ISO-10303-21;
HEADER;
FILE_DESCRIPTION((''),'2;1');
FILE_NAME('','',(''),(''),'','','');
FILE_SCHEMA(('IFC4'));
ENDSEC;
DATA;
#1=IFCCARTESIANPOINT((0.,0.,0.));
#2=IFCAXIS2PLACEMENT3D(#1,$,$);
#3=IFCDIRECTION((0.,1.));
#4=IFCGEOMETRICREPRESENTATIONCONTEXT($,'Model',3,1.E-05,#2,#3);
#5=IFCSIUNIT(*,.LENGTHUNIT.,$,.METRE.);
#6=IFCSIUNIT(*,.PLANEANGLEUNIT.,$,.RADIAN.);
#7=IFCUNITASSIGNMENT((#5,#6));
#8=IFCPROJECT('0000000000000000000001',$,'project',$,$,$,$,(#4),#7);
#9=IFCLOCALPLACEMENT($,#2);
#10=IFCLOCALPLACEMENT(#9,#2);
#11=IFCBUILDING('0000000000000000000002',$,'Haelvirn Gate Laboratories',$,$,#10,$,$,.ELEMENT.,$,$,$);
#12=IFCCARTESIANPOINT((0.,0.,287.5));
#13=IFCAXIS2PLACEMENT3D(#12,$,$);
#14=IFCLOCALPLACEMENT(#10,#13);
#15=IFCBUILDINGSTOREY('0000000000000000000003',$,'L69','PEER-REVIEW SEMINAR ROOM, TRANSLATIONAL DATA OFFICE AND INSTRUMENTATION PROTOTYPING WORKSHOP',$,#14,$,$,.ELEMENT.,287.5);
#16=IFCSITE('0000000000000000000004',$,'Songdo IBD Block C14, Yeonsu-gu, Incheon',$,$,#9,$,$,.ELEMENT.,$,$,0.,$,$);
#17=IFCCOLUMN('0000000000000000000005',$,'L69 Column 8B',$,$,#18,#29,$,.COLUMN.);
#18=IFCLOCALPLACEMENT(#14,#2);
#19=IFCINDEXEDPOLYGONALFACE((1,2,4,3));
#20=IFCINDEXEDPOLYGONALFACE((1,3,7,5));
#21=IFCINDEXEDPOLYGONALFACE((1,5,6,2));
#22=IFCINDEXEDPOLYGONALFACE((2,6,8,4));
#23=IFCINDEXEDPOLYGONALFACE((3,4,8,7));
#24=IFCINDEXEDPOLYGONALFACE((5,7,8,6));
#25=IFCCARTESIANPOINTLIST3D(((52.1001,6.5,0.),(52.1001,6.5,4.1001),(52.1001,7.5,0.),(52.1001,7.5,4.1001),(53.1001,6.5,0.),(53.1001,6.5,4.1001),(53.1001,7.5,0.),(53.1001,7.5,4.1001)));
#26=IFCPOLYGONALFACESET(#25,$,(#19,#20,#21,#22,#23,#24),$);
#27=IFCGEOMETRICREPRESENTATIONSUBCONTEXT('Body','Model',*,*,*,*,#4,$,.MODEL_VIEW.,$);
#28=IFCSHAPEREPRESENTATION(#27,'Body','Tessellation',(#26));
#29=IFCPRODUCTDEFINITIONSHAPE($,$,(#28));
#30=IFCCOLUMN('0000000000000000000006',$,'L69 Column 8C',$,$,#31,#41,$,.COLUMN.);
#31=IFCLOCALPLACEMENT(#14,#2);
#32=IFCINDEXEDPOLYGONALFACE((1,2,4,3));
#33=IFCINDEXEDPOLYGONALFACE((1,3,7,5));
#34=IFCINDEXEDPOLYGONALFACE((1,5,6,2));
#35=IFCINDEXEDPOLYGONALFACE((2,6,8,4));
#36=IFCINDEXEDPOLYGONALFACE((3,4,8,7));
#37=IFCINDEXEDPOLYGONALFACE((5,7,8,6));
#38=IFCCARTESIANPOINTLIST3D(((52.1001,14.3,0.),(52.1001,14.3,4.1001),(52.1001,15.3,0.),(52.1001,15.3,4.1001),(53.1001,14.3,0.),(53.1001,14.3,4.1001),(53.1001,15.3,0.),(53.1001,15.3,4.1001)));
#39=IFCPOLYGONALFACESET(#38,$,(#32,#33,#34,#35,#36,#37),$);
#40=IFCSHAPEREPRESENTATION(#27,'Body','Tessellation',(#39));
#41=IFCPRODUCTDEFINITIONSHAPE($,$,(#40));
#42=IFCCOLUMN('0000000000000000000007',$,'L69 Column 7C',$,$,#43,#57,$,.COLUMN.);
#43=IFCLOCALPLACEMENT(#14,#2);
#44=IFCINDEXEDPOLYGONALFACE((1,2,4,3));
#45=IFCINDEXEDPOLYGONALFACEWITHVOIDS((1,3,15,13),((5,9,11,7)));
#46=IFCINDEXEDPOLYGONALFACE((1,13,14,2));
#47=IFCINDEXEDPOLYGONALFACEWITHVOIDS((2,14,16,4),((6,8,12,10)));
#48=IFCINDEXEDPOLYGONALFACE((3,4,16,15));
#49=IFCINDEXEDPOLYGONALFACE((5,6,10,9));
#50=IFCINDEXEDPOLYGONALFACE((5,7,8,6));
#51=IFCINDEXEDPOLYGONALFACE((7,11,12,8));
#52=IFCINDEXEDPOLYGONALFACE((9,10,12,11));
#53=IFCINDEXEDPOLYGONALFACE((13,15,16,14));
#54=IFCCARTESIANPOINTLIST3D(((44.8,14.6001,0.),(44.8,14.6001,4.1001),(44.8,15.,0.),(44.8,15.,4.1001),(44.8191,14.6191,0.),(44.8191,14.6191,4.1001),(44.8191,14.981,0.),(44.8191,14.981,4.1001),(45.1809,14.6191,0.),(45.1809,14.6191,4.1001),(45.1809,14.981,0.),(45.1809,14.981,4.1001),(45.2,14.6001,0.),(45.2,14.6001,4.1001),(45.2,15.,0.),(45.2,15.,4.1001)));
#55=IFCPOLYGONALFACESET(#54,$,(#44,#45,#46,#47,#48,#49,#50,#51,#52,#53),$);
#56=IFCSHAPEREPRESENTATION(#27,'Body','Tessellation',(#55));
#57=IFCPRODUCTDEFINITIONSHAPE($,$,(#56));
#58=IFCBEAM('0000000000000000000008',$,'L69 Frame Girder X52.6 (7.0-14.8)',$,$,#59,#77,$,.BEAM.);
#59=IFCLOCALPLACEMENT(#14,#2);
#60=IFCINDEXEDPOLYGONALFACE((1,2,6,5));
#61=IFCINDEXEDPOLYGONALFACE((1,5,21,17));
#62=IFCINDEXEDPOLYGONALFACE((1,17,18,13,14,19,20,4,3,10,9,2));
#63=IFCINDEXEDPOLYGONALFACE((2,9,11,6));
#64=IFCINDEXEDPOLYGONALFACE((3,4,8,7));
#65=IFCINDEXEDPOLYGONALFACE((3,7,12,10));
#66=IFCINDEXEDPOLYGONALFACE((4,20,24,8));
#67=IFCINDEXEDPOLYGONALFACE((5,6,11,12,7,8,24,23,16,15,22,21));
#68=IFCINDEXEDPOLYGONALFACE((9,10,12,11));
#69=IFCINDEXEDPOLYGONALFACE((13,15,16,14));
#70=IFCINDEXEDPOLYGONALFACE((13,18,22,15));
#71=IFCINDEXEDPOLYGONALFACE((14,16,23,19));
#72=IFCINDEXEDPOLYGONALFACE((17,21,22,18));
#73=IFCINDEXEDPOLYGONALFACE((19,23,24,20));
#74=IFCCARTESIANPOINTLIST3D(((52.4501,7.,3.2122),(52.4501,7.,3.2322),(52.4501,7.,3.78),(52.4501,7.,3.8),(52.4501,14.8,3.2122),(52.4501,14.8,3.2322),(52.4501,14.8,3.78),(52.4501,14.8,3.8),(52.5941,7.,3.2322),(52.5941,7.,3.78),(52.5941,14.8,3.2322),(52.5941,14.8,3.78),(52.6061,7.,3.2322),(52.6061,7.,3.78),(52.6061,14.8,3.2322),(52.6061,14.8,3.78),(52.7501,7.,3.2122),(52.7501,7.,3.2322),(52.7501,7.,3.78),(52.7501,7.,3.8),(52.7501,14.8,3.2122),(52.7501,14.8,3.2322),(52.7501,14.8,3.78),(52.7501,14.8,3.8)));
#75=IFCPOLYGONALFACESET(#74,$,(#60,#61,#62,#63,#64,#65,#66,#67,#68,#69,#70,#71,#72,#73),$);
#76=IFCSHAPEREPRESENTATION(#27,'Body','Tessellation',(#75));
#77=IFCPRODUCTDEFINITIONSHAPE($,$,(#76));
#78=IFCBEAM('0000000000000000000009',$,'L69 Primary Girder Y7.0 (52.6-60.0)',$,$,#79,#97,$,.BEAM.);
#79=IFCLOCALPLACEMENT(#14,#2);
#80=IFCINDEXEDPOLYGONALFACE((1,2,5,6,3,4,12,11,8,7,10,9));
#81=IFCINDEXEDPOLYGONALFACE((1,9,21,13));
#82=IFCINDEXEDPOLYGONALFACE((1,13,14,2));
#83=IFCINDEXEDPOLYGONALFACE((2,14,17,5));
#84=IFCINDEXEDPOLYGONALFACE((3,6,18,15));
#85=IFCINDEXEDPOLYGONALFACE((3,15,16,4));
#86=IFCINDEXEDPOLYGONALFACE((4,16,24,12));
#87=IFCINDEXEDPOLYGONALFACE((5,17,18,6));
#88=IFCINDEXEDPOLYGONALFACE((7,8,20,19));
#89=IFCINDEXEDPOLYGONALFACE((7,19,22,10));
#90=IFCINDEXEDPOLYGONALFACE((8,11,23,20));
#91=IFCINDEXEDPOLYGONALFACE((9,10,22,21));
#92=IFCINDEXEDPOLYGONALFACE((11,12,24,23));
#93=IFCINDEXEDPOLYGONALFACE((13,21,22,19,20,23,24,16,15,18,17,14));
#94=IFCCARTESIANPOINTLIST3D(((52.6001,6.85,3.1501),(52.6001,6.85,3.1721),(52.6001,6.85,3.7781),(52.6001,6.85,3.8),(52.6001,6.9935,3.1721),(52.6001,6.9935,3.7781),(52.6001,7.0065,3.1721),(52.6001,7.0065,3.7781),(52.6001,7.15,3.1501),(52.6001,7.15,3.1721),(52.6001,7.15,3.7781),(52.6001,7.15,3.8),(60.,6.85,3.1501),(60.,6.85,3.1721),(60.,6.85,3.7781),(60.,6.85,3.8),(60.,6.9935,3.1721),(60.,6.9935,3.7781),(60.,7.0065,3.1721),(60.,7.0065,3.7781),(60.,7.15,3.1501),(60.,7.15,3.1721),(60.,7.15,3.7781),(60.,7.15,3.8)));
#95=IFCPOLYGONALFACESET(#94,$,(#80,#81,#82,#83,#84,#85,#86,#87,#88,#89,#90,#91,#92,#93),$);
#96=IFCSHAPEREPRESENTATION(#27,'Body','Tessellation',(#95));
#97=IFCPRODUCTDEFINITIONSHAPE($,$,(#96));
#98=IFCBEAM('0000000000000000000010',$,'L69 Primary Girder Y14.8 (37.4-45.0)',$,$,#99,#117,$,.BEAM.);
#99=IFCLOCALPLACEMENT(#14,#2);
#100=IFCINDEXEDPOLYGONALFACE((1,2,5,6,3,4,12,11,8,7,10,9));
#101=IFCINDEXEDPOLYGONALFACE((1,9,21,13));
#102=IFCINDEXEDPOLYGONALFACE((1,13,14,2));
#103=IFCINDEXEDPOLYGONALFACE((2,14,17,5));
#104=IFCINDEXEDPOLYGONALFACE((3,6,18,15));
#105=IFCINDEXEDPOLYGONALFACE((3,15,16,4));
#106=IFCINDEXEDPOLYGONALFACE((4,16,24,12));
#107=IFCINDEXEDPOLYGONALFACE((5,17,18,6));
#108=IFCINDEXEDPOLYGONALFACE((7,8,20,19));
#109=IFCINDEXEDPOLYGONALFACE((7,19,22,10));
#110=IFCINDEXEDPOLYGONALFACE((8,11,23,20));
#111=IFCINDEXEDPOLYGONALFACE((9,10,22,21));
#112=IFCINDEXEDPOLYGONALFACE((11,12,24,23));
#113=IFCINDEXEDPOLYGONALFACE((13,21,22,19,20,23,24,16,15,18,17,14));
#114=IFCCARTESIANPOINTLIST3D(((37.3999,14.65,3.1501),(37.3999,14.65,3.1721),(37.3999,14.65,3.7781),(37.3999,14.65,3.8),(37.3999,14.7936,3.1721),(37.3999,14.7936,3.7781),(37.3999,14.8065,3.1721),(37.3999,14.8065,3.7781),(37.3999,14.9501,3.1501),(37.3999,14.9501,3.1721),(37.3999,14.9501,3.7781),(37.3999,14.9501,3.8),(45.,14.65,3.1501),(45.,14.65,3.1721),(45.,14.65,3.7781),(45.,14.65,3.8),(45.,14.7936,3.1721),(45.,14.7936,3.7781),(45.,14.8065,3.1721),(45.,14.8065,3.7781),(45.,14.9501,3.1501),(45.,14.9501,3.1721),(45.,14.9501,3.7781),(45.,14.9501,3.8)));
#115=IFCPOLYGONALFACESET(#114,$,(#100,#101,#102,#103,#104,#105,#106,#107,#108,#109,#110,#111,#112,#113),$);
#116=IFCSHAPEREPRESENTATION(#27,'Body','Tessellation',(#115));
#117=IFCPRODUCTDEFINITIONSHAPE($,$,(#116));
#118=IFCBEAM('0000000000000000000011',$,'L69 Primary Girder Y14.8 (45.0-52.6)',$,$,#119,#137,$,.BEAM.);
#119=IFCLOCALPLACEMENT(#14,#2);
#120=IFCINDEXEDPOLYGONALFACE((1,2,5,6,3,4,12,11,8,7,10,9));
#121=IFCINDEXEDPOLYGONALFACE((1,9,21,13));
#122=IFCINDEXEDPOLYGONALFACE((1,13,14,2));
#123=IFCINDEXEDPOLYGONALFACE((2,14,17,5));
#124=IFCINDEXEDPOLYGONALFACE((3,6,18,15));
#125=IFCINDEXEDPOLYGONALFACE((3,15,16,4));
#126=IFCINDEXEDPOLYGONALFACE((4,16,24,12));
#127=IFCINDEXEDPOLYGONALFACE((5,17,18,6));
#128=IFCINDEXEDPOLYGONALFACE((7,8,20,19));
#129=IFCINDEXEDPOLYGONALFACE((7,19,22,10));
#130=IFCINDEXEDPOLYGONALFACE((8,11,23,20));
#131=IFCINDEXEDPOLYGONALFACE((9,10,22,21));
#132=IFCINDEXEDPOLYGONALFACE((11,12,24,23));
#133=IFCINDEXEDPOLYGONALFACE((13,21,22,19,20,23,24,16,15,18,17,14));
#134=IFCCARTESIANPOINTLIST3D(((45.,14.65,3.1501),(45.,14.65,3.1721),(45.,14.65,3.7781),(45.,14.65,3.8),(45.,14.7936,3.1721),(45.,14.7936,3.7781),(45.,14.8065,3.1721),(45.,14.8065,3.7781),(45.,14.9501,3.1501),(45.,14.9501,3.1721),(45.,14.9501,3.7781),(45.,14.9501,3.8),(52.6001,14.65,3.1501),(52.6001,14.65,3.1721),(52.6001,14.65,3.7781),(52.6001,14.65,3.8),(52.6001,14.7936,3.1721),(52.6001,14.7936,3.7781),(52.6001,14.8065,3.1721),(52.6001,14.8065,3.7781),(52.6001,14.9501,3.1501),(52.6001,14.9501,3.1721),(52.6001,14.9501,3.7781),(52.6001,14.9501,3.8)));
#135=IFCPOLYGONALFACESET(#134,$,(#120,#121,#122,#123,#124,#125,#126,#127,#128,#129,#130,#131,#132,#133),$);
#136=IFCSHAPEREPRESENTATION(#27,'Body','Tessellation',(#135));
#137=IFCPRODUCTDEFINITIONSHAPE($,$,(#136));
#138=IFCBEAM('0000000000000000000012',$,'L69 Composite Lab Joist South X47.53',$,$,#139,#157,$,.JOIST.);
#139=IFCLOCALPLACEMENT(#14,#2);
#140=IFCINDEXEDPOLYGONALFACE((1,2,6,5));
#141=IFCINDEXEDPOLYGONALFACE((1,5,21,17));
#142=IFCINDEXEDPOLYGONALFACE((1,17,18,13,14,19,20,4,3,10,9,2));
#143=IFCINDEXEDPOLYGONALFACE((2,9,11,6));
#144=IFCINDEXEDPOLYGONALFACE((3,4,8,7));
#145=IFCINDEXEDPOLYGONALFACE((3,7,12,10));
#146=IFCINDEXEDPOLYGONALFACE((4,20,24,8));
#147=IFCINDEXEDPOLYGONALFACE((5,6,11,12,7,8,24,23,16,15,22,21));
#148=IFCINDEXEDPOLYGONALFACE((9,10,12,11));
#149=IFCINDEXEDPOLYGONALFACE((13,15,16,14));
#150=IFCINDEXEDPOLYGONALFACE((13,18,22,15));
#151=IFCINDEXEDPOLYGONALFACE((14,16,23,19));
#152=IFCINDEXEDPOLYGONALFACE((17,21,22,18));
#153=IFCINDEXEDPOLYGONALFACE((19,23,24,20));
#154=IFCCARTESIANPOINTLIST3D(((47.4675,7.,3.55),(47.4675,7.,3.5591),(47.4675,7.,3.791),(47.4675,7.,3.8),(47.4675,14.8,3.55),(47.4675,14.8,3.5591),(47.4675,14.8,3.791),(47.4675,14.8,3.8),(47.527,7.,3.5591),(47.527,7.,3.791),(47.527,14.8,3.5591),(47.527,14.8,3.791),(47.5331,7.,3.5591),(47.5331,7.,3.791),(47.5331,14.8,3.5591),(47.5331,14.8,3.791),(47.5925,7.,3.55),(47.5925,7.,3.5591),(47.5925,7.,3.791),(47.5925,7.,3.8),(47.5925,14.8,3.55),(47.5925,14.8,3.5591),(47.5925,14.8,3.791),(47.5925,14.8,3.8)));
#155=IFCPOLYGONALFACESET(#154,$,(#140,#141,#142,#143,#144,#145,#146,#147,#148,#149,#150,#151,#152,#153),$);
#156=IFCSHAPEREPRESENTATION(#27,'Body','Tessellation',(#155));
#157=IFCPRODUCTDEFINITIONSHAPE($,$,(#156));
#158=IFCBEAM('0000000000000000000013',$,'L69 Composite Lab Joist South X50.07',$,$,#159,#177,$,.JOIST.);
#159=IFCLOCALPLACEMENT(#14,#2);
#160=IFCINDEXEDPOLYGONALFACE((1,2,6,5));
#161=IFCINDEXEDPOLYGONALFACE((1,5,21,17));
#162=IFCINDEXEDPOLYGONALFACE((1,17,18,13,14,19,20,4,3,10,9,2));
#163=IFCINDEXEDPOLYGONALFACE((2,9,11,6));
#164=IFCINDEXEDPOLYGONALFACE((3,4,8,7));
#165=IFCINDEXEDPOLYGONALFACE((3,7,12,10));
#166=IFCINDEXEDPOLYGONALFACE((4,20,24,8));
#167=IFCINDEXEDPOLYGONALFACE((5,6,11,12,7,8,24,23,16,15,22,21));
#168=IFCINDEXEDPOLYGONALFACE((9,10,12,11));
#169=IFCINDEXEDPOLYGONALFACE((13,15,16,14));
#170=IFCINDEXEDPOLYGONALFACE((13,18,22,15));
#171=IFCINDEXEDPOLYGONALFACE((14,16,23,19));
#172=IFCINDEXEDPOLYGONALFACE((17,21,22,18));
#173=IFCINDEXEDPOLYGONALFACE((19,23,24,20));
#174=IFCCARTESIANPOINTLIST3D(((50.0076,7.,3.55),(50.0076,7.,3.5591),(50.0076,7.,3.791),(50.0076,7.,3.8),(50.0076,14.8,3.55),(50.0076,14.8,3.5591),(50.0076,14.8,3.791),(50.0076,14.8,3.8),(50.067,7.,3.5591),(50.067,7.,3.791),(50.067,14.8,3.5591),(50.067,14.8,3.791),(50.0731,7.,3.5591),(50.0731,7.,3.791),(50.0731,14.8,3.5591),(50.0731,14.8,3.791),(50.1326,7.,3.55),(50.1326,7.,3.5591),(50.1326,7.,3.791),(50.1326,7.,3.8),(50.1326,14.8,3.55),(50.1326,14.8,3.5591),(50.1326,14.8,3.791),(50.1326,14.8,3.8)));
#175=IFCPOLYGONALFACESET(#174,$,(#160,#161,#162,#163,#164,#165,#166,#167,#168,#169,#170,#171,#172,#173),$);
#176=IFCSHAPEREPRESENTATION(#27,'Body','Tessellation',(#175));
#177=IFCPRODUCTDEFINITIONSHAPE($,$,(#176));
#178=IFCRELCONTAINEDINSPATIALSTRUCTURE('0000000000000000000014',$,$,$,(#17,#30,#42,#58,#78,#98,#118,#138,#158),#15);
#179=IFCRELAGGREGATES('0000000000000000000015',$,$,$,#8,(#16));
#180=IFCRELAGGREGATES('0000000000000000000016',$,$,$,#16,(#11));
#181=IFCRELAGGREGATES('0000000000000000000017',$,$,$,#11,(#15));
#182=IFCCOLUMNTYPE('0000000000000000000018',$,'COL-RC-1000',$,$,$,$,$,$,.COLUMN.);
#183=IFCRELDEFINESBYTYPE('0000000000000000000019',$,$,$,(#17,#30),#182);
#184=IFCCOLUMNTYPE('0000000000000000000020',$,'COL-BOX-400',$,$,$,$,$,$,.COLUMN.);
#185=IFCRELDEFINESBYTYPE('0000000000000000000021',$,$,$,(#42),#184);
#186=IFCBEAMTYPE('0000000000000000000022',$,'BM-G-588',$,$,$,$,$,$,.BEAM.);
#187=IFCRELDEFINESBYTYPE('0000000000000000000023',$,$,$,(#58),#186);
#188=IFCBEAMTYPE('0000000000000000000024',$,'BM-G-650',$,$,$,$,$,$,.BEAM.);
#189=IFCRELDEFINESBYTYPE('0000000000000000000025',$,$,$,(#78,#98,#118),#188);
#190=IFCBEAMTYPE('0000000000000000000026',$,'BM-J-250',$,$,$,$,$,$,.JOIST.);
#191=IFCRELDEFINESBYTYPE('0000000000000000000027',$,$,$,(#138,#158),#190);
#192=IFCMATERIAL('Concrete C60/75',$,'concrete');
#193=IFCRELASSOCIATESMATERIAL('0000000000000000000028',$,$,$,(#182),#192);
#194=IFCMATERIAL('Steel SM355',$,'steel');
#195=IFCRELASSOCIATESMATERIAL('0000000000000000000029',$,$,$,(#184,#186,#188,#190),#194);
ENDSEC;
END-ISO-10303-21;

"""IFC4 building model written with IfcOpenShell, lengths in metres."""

from ifc_helpers import new_model, si_unit, direction, frame, origin, origin_2d, place, context, subcontext, project, spatial, rectangle, hollow_rectangle, i_section, extrude, source, transform, mapped, material, material_profile, profile_set, type_object, type_shapes, element, save


model = new_model("IFC4")

# Units and contexts
model_context = context("Model", 3, precision=1e-05, world=origin(), true_north=direction((0.0, 1.0)))
body_context = subcontext(model_context, "Body", "Model", "MODEL_VIEW")
ifc_project = project(units=[si_unit("LENGTHUNIT", "METRE"), si_unit("PLANEANGLEUNIT", "RADIAN")], contexts=[model_context])

# Site, building, storey
site_placement = place(None, origin())
site = spatial("IfcSite", under=ifc_project, at=site_placement, Name="Songdo IBD Block C14, Yeonsu-gu, Incheon", CompositionType="ELEMENT", RefElevation=0.0)
building_placement = place(site_placement, origin())
building = spatial("IfcBuilding", under=site, at=building_placement, Name="Haelvirn Gate Laboratories", CompositionType="ELEMENT")
storey_placement = place(building_placement, frame((0.0, 0.0, 287.5)))
storey = spatial("IfcBuildingStorey", under=building, at=storey_placement, Name="L69", Description="PEER-REVIEW SEMINAR ROOM, TRANSLATIONAL DATA OFFICE AND INSTRUMENTATION PROTOTYPING WORKSHOP", CompositionType="ELEMENT", Elevation=287.5)

# Columns
ifc_material_1 = material(Name="Concrete C60/75", Category="concrete")
ifc_material_profile_1 = material_profile(ifc_material_1, rectangle(XDim=1.0, YDim=1.0, at=origin_2d()), Name="RC-1000x1000")
ifc_profile_set_1 = profile_set([ifc_material_profile_1], Name="Concrete C60/75")
column_type_1 = type_object("IfcColumnType", Name="COL-RC-1000", PredefinedType="COLUMN", material=ifc_profile_set_1)
shared_shape_1 = source(origin(), body_context, "Body", "SweptSolid", [
    extrude(rectangle(XDim=1.0, YDim=1.0, at=origin_2d()), origin(), (0.0, 0.0, 1.0), 4.1001),
])
type_shapes(column_type_1, [shared_shape_1])
for number, where, z_axis, x_axis, name in (
    (1, (52.6001, 7.0, 0.0), (0.0, 0.0, 1.0), (1.0, 0.0, 0.0), "L69 Column 8B"),
    (2, (52.6001, 14.8, 0.0), (0.0, 0.0, 1.0), (1.0, 0.0, 0.0), "L69 Column 8C"),
):
    element("IfcColumn", number, at=place(storey_placement, frame(where, z_axis=z_axis, x_axis=x_axis)), inside=storey, type_object=column_type_1, Name=name, PredefinedType="COLUMN", context=body_context, shape_type="MappedRepresentation", body=[
        mapped(shared_shape_1, transform((0.0, 0.0, 0.0), scale=1.0)),
    ])
ifc_material_2 = material(Name="Steel SM355", Category="steel")
ifc_material_profile_2 = material_profile(ifc_material_2, hollow_rectangle(XDim=0.3999, YDim=0.3999, WallThickness=0.019, at=origin_2d()), Name="BOX-400x400x19")
ifc_profile_set_2 = profile_set([ifc_material_profile_2], Name="Steel SM355")
column_type_2 = type_object("IfcColumnType", Name="COL-BOX-400", PredefinedType="COLUMN", material=ifc_profile_set_2)
shared_shape_2 = source(origin(), body_context, "Body", "SweptSolid", [
    extrude(hollow_rectangle(XDim=0.3999, YDim=0.3999, WallThickness=0.019, at=origin_2d()), origin(), (0.0, 0.0, 1.0), 4.1001),
])
type_shapes(column_type_2, [shared_shape_2])
column_placement = place(storey_placement, frame((45.0, 14.8, 0.0), z_axis=(0.0, 0.0, 1.0), x_axis=(1.0, 0.0, 0.0)))
element("IfcColumn", 3, at=column_placement, inside=storey, type_object=column_type_2, Name="L69 Column 7C", PredefinedType="COLUMN", context=body_context, shape_type="MappedRepresentation", body=[
    mapped(shared_shape_2, transform((0.0, 0.0, 0.0), scale=1.0)),
])

# Beams
ifc_material_profile_3 = material_profile(ifc_material_2, i_section(OverallWidth=0.3, OverallDepth=0.5879, WebThickness=0.012, FlangeThickness=0.02, at=origin_2d()), Name="H-588x300x12x20")
ifc_profile_set_3 = profile_set([ifc_material_profile_3], Name="Steel SM355")
beam_type_1 = type_object("IfcBeamType", Name="BM-G-588", PredefinedType="BEAM", material=ifc_profile_set_3)
shared_shape_3 = source(origin(), body_context, "Body", "SweptSolid", [
    extrude(i_section(OverallWidth=0.3, OverallDepth=0.5879, WebThickness=0.012, FlangeThickness=0.02, at=origin_2d()), origin(), (0.0, 0.0, 1.0), 7.8),
])
type_shapes(beam_type_1, [shared_shape_3])
beam_1_placement = place(storey_placement, frame((52.6001, 7.0, 3.5061), z_axis=(0.0, 1.0, 0.0), x_axis=(-1.0, 0.0, 0.0)))
element("IfcBeam", 4, at=beam_1_placement, inside=storey, type_object=beam_type_1, Name="L69 Frame Girder X52.6 (7.0-14.8)", PredefinedType="BEAM", context=body_context, shape_type="MappedRepresentation", body=[
    mapped(shared_shape_3, transform((0.0, 0.0, 0.0), scale=1.0)),
])
ifc_material_profile_4 = material_profile(ifc_material_2, i_section(OverallWidth=0.3, OverallDepth=0.6499, WebThickness=0.0129, FlangeThickness=0.022, at=origin_2d()), Name="H-650x300x13x22")
ifc_profile_set_4 = profile_set([ifc_material_profile_4], Name="Steel SM355")
beam_type_2 = type_object("IfcBeamType", Name="BM-G-650", PredefinedType="BEAM", material=ifc_profile_set_4)
shared_shape_4 = source(origin(), body_context, "Body", "SweptSolid", [
    extrude(i_section(OverallWidth=0.3, OverallDepth=0.6499, WebThickness=0.0129, FlangeThickness=0.022, at=origin_2d()), origin(), (0.0, 0.0, 1.0), 7.3999),
])
beam_2_placement = place(storey_placement, frame((52.6001, 7.0, 3.4751), z_axis=(1.0, 0.0, 0.0), x_axis=(0.0, 1.0, 0.0)))
element("IfcBeam", 5, at=beam_2_placement, inside=storey, type_object=beam_type_2, Name="L69 Primary Girder Y7.0 (52.6-60.0)", PredefinedType="BEAM", context=body_context, shape_type="MappedRepresentation", body=[
    mapped(shared_shape_4, transform((0.0, 0.0, 0.0), scale=1.0)),
])
shared_shape_5 = source(origin(), body_context, "Body", "SweptSolid", [
    extrude(i_section(OverallWidth=0.3, OverallDepth=0.6499, WebThickness=0.0129, FlangeThickness=0.022, at=origin_2d()), origin(), (0.0, 0.0, 1.0), 7.6001),
])
type_shapes(beam_type_2, [shared_shape_4, shared_shape_5])
for number, where, z_axis, x_axis, name in (
    (6, (37.3999, 14.8, 3.4751), (1.0, 0.0, 0.0), (0.0, 1.0, 0.0), "L69 Primary Girder Y14.8 (37.4-45.0)"),
    (7, (45.0, 14.8, 3.4751), (1.0, 0.0, 0.0), (0.0, 1.0, 0.0), "L69 Primary Girder Y14.8 (45.0-52.6)"),
):
    element("IfcBeam", number, at=place(storey_placement, frame(where, z_axis=z_axis, x_axis=x_axis)), inside=storey, type_object=beam_type_2, Name=name, PredefinedType="BEAM", context=body_context, shape_type="MappedRepresentation", body=[
        mapped(shared_shape_5, transform((0.0, 0.0, 0.0), scale=1.0)),
    ])
ifc_material_profile_5 = material_profile(ifc_material_2, i_section(OverallWidth=0.125, OverallDepth=0.25, WebThickness=0.0061, FlangeThickness=0.009, at=origin_2d()), Name="H-250x125x6x9")
ifc_profile_set_5 = profile_set([ifc_material_profile_5], Name="Steel SM355")
beam_type_3 = type_object("IfcBeamType", Name="BM-J-250", PredefinedType="JOIST", material=ifc_profile_set_5)
shared_shape_6 = source(origin(), body_context, "Body", "SweptSolid", [
    extrude(i_section(OverallWidth=0.125, OverallDepth=0.25, WebThickness=0.0061, FlangeThickness=0.009, at=origin_2d()), origin(), (0.0, 0.0, 1.0), 7.8),
])
type_shapes(beam_type_3, [shared_shape_6])
for number, where, z_axis, x_axis, name in (
    (8, (47.53, 7.0, 3.675), (0.0, 1.0, 0.0), (-1.0, 0.0, 0.0), "L69 Composite Lab Joist South X47.53"),
    (9, (50.0701, 7.0, 3.675), (0.0, 1.0, 0.0), (-1.0, 0.0, 0.0), "L69 Composite Lab Joist South X50.07"),
):
    element("IfcBeam", number, at=place(storey_placement, frame(where, z_axis=z_axis, x_axis=x_axis)), inside=storey, type_object=beam_type_3, Name=name, PredefinedType="JOIST", context=body_context, shape_type="MappedRepresentation", body=[
        mapped(shared_shape_6, transform((0.0, 0.0, 0.0), scale=1.0)),
    ])

save(model, "model.ifc")
